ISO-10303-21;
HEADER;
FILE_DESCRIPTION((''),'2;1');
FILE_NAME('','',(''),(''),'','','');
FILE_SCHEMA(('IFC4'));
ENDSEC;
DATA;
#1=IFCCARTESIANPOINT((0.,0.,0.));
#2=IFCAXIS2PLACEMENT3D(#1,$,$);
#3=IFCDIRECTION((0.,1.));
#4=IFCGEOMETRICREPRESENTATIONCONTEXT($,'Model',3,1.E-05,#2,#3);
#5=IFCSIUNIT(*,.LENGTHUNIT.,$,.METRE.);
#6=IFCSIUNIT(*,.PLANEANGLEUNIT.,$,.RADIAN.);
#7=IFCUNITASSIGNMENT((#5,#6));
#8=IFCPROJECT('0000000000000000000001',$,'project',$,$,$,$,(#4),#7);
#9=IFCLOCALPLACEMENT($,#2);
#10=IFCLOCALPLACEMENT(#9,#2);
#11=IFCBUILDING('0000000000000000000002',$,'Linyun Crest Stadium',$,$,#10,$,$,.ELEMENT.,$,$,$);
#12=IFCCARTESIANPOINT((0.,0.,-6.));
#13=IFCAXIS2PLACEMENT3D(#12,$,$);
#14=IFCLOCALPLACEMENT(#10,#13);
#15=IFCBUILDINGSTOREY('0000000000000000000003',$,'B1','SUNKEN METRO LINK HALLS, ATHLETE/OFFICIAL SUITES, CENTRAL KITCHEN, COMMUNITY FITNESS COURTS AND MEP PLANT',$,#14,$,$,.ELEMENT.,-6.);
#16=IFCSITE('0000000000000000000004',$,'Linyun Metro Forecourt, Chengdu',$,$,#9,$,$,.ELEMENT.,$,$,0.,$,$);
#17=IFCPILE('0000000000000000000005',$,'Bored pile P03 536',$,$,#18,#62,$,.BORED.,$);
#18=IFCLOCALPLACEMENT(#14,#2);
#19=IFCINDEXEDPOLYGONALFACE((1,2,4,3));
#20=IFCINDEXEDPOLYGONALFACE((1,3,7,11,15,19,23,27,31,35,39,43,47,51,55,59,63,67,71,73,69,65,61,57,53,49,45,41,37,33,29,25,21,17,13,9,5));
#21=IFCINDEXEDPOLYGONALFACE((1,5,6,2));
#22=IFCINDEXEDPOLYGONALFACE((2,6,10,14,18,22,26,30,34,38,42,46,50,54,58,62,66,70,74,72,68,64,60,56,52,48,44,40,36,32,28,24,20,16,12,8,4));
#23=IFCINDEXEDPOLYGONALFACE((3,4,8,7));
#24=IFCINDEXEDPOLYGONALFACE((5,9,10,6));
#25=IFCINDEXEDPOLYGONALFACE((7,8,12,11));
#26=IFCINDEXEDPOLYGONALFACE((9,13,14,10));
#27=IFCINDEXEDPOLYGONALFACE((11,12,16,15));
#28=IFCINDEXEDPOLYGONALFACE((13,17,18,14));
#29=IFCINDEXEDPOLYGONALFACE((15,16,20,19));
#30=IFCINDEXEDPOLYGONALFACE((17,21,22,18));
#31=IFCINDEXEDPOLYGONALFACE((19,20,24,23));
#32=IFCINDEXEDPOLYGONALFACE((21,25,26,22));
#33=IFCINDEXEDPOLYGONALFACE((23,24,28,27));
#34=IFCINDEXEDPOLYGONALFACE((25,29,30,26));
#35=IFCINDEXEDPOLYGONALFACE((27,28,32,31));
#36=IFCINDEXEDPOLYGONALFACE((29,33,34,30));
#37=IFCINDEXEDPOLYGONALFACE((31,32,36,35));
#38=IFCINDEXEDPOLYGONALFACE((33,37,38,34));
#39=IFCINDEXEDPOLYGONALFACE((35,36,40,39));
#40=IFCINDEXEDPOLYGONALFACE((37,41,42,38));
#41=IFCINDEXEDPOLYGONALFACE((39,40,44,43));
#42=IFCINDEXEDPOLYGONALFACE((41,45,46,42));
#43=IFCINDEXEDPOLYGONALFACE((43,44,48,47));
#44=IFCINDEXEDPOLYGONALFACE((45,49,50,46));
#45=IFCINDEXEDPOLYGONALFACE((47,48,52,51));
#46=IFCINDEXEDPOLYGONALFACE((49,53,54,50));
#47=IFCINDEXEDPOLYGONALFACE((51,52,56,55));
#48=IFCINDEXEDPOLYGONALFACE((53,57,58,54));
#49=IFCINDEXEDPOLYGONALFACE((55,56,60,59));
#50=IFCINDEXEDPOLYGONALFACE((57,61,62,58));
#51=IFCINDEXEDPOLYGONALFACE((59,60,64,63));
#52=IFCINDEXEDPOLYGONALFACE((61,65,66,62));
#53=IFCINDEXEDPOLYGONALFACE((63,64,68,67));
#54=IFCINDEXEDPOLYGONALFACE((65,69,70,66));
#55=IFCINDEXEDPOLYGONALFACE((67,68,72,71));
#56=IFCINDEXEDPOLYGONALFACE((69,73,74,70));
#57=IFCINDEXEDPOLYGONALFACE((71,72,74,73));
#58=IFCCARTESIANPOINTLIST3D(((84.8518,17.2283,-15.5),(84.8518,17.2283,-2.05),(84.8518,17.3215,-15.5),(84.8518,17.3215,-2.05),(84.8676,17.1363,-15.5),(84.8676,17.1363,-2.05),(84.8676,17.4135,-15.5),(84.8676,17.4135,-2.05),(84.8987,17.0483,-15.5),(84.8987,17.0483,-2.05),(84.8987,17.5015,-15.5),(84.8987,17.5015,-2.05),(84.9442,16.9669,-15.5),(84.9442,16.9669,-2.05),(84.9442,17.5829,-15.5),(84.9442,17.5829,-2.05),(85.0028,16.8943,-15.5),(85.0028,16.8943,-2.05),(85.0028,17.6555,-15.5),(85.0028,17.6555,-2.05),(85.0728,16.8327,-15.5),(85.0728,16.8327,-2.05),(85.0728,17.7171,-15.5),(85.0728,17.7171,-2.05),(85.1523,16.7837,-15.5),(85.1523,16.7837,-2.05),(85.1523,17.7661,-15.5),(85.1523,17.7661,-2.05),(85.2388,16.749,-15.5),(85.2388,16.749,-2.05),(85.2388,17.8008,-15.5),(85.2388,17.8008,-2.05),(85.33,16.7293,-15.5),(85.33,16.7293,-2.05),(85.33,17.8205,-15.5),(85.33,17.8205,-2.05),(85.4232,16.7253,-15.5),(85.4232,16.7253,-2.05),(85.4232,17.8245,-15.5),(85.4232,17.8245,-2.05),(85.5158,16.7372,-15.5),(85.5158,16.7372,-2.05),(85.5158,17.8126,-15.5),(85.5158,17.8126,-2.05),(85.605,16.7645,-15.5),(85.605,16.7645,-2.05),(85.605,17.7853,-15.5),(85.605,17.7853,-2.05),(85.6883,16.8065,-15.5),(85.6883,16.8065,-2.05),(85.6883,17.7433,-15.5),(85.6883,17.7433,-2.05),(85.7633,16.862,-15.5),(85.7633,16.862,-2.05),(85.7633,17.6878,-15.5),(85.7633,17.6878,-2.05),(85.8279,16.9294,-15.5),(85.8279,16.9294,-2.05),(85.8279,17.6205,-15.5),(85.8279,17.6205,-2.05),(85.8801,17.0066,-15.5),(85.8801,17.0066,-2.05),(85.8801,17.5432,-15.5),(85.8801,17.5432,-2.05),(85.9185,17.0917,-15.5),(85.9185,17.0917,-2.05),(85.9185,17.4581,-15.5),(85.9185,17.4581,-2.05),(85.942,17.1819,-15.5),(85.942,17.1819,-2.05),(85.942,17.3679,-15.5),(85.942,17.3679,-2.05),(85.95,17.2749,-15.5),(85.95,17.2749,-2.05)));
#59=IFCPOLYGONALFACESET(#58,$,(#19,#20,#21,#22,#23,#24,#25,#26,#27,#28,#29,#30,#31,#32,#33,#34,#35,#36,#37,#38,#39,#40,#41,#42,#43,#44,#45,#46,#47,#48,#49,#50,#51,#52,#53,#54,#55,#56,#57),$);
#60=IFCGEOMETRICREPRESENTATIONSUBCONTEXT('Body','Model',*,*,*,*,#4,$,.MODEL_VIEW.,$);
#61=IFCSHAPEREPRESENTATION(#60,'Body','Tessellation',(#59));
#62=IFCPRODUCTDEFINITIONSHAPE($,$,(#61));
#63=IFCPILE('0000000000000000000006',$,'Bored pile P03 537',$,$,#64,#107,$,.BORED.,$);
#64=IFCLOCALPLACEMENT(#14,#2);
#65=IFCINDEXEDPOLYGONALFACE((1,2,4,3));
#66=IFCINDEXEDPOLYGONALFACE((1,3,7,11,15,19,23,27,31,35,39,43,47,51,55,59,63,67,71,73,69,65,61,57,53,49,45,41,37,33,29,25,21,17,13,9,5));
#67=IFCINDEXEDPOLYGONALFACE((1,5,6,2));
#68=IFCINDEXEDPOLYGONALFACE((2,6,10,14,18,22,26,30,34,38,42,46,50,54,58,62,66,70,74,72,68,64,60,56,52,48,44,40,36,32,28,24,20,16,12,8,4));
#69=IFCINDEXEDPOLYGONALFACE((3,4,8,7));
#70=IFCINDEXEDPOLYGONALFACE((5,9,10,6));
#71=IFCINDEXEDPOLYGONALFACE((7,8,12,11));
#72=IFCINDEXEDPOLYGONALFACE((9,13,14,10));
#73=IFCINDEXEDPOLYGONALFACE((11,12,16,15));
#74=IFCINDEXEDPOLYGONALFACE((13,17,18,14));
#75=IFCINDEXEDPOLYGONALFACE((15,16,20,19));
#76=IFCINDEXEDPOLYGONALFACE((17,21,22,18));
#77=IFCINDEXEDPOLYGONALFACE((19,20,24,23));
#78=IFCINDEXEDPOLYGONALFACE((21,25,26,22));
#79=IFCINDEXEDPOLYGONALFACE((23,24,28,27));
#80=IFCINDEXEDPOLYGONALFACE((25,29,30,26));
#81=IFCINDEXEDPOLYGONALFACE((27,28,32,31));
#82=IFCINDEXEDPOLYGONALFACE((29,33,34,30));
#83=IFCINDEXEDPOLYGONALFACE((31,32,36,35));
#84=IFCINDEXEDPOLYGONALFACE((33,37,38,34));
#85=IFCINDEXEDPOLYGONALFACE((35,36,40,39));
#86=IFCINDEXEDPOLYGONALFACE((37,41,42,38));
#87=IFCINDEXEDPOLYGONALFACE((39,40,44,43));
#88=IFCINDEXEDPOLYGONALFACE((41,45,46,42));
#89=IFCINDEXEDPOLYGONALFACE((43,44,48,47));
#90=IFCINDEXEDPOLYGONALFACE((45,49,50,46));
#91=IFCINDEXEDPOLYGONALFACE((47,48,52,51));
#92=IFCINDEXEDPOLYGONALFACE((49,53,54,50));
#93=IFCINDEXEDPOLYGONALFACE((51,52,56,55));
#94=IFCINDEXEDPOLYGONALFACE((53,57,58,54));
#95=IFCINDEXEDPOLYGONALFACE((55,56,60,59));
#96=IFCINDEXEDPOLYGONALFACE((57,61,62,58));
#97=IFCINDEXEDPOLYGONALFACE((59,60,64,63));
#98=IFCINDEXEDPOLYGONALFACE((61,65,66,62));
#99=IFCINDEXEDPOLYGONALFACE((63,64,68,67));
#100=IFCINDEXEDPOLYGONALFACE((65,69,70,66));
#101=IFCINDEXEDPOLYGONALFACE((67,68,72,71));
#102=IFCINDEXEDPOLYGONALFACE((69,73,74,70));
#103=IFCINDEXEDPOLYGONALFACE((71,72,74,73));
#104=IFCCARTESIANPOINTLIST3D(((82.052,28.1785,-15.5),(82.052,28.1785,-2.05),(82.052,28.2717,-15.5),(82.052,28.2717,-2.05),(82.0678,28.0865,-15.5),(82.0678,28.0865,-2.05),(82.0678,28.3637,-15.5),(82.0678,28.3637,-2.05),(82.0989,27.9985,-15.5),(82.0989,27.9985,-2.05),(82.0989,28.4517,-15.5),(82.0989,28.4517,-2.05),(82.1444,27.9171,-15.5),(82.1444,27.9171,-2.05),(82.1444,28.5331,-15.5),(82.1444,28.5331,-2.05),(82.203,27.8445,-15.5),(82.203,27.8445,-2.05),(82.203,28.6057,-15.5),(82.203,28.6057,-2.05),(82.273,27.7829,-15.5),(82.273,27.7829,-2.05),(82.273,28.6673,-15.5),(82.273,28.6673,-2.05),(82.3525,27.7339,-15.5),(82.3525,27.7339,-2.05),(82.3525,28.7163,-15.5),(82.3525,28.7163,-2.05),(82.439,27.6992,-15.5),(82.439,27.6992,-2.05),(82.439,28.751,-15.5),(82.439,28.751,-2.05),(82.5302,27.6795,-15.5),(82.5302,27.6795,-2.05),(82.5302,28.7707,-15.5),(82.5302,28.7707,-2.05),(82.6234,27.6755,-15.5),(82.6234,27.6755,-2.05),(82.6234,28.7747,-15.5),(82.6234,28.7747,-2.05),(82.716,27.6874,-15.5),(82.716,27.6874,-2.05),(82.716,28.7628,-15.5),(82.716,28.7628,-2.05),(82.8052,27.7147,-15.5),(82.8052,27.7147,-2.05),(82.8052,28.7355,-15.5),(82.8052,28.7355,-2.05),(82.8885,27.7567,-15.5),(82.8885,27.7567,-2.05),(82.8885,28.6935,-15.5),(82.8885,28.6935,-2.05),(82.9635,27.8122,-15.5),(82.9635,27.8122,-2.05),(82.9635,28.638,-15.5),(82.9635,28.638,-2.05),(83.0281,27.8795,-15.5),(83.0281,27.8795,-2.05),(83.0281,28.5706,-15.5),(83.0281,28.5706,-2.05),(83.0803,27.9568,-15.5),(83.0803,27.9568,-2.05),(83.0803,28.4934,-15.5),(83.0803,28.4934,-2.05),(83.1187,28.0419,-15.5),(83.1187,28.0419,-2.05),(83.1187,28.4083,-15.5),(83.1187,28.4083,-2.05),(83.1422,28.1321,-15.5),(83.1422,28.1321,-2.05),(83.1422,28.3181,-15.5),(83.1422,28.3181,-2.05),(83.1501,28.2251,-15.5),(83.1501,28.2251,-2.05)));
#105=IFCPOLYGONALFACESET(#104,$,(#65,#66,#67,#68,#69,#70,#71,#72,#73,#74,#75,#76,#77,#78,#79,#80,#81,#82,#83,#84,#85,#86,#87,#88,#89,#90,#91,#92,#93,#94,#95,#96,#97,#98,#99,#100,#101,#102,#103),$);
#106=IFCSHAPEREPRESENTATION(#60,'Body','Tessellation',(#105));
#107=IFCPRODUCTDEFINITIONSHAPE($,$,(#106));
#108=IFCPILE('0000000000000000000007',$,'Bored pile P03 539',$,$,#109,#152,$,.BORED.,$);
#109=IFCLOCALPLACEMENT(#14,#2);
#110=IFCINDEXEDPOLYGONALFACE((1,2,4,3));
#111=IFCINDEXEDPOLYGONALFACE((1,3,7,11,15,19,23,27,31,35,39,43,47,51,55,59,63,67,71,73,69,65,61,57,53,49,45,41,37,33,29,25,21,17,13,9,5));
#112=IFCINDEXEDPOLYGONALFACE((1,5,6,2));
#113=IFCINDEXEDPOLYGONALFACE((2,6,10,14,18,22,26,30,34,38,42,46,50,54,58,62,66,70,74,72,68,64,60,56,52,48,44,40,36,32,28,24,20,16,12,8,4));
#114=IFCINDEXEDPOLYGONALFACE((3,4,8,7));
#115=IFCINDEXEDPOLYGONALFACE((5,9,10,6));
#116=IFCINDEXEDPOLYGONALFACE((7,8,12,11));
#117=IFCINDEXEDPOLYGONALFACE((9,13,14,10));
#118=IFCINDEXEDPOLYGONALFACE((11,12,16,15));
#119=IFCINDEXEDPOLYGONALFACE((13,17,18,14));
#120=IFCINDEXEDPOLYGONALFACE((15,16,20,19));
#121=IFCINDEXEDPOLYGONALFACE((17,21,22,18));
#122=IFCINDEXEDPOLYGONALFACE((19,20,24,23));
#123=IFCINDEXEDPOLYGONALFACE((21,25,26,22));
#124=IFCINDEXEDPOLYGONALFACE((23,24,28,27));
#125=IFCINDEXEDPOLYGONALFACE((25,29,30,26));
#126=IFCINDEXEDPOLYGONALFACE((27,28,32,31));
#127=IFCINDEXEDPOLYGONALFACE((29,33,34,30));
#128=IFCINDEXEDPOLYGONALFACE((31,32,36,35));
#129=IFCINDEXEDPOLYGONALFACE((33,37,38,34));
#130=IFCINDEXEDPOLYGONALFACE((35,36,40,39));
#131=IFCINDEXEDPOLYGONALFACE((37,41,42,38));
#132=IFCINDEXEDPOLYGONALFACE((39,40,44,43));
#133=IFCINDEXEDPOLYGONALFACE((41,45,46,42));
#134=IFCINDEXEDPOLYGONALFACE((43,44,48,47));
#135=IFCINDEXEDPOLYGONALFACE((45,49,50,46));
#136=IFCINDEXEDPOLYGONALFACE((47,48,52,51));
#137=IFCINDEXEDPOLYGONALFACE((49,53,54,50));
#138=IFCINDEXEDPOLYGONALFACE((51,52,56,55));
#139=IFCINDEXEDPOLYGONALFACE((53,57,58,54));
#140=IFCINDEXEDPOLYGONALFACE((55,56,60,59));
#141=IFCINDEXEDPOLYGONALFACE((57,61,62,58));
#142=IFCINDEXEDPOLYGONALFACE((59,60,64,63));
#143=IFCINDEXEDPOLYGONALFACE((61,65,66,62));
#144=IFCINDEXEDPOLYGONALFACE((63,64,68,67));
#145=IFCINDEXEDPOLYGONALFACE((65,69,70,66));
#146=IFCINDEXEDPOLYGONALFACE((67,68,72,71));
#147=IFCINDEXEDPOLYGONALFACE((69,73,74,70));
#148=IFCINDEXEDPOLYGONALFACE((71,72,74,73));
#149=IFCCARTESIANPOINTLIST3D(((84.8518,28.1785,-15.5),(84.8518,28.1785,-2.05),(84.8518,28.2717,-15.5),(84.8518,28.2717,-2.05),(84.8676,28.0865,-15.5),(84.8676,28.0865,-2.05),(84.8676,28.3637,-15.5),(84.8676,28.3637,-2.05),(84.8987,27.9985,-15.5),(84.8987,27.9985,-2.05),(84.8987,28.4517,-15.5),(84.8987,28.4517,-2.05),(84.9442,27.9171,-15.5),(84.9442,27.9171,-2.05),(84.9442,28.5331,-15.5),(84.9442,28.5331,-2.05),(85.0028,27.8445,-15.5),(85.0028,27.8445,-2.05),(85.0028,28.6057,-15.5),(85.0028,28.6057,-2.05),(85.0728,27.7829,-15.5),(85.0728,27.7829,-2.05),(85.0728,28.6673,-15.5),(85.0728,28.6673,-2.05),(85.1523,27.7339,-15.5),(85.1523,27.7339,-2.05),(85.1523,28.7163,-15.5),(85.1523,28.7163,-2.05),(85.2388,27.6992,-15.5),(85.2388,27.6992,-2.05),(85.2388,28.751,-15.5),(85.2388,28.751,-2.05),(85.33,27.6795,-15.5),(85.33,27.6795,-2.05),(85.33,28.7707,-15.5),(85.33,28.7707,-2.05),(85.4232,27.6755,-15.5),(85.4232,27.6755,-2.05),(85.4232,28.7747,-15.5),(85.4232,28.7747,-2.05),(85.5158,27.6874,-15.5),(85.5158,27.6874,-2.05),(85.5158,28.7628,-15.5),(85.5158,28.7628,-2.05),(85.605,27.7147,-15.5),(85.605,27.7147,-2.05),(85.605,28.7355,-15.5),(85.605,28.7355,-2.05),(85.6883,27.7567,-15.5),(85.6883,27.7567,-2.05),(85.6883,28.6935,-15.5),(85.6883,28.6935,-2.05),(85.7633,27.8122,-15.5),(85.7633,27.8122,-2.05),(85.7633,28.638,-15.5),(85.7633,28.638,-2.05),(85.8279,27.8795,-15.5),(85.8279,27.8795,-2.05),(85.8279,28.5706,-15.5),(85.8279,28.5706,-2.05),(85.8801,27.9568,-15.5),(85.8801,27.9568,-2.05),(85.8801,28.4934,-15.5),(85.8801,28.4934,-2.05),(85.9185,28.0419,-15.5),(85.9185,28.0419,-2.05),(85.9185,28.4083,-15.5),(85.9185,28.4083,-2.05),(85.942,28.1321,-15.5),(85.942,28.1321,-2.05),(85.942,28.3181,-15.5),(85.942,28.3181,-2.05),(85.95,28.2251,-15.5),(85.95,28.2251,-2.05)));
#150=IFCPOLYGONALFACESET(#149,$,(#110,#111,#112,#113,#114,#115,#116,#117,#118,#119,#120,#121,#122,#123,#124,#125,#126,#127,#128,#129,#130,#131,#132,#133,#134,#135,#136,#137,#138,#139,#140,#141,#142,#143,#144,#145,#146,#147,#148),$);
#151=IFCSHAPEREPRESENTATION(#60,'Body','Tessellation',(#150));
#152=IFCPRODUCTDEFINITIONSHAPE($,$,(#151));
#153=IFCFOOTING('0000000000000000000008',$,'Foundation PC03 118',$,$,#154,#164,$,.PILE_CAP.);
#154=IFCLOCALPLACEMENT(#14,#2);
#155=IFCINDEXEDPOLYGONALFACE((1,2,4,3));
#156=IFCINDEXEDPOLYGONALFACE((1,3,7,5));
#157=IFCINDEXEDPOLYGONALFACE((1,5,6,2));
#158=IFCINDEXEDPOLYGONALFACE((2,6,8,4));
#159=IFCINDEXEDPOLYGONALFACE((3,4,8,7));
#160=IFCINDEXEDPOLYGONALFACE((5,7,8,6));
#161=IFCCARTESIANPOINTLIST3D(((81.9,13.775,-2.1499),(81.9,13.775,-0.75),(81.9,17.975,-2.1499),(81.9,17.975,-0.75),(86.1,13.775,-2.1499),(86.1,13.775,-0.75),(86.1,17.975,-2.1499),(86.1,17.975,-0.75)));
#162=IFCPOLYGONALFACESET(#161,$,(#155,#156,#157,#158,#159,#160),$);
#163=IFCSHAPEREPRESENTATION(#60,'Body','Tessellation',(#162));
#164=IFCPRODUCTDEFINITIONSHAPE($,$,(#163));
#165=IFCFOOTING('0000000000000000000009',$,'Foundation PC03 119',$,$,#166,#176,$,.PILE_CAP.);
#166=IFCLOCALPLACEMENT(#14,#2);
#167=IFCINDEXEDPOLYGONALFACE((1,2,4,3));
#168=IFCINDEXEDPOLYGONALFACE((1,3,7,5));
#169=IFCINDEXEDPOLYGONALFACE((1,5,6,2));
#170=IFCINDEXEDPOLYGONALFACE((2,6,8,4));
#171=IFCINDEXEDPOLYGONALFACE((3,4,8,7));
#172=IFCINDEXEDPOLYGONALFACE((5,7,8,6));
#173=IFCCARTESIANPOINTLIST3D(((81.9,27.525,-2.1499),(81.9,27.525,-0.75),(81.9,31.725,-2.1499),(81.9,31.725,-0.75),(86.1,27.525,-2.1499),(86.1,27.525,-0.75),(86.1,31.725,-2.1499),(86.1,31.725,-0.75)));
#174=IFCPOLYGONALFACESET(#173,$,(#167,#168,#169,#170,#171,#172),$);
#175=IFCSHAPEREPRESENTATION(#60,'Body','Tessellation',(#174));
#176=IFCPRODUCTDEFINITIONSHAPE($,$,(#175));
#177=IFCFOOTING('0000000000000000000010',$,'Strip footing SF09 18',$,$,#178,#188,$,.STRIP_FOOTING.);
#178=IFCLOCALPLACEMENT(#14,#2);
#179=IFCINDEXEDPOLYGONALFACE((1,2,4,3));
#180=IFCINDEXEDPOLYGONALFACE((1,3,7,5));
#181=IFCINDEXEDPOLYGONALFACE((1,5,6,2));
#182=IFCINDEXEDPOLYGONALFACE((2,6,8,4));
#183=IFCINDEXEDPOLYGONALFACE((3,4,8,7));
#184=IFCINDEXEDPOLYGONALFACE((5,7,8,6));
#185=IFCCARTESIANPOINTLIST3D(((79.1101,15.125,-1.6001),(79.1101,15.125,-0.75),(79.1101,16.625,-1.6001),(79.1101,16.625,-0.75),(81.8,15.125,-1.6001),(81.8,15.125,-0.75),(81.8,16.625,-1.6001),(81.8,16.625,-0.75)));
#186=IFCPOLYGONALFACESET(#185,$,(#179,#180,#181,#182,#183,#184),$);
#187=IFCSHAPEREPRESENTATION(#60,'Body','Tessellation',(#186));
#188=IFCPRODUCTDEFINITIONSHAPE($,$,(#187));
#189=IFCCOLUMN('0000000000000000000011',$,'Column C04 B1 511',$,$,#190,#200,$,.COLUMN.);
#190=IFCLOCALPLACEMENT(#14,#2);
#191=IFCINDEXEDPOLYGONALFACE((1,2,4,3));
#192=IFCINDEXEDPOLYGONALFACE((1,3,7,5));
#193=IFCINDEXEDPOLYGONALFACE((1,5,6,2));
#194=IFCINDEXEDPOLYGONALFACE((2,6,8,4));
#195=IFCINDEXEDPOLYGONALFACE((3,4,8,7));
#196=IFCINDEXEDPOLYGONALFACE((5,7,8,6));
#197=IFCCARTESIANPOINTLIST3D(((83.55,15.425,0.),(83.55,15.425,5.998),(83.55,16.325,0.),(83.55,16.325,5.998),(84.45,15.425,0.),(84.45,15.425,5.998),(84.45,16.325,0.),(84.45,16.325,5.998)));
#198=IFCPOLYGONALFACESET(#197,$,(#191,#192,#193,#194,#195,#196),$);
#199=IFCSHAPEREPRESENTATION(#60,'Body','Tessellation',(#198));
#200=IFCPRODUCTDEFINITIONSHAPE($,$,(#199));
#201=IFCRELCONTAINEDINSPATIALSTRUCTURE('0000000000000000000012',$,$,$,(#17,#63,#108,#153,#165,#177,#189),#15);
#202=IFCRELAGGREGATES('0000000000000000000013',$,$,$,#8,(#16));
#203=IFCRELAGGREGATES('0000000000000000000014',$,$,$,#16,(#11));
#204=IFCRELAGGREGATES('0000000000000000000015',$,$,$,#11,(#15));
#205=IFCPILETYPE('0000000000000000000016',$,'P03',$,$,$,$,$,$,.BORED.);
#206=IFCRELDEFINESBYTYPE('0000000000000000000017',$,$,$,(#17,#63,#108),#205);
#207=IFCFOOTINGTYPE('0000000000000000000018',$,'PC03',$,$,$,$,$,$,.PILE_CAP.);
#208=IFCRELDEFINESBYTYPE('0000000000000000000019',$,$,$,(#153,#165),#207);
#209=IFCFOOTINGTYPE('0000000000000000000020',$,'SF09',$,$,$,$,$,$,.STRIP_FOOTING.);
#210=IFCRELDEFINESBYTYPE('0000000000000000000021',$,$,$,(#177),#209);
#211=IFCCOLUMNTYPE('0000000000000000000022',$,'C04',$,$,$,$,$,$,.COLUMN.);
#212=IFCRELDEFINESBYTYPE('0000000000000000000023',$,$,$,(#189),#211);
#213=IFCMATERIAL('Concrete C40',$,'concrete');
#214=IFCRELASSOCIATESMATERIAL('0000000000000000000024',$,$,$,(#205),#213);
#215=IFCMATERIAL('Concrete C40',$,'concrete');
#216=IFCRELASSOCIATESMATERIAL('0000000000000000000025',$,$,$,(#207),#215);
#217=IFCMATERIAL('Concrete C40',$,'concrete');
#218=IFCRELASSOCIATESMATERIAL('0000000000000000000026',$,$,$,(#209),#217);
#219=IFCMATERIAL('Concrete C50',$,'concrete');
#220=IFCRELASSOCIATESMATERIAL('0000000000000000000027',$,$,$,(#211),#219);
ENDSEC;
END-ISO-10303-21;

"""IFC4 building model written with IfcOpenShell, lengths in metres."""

from ifc_helpers import new_model, si_unit, direction, frame, origin, origin_2d, place, context, subcontext, project, spatial, rectangle, circle, extrude, material, material_profile, profile_set, type_object, element, save


model = new_model("IFC4")

# Units and contexts
model_context = context("Model", 3, precision=1e-05, world=origin(), true_north=direction((0.0, 1.0)))
body_context = subcontext(model_context, "Body", "Model", "MODEL_VIEW")
ifc_project = project(units=[si_unit("LENGTHUNIT", "METRE"), si_unit("PLANEANGLEUNIT", "RADIAN")], contexts=[model_context])

# Site, building, storey
site_placement = place(None, origin())
site = spatial("IfcSite", under=ifc_project, at=site_placement, Name="Linyun Metro Forecourt, Chengdu", CompositionType="ELEMENT", RefElevation=0.0)
building_placement = place(site_placement, origin())
building = spatial("IfcBuilding", under=site, at=building_placement, Name="Linyun Crest Stadium", CompositionType="ELEMENT")
storey_placement = place(building_placement, frame((0.0, 0.0, -6.0)))
storey = spatial("IfcBuildingStorey", under=building, at=storey_placement, Name="B1", Description="SUNKEN METRO LINK HALLS, ATHLETE/OFFICIAL SUITES, CENTRAL KITCHEN, COMMUNITY FITNESS COURTS AND MEP PLANT", CompositionType="ELEMENT", Elevation=-6.0)

# Piles
ifc_material_1 = material(Name="Concrete C40", Category="concrete")
ifc_material_profile_1 = material_profile(ifc_material_1, circle(Radius=0.55, at=origin_2d()), Name="BORED PILE 1100")
ifc_profile_set_1 = profile_set([ifc_material_profile_1], Name="Concrete C40")
pile_type = type_object("IfcPileType", Name="P03", PredefinedType="BORED", material=ifc_profile_set_1)
for number, where, z_axis, x_axis, name in (
    (1, (85.3999, 17.2749, -2.05), (0.0, 0.0, -1.0), (1.0, 0.0, 0.0), "Bored pile P03 536"),
    (2, (82.6001, 28.2251, -2.05), (0.0, 0.0, -1.0), (1.0, 0.0, 0.0), "Bored pile P03 537"),
    (3, (85.3999, 28.2251, -2.05), (0.0, 0.0, -1.0), (1.0, 0.0, 0.0), "Bored pile P03 539"),
):
    element("IfcPile", number, at=place(storey_placement, frame(where, z_axis=z_axis, x_axis=x_axis)), inside=storey, type_object=pile_type, Name=name, PredefinedType="BORED", context=body_context, shape_type="SweptSolid", body=[
        extrude(circle(Radius=0.55, at=origin_2d()), origin(), (0.0, 0.0, 1.0), 13.45),
    ])

# Footings
ifc_material_2 = material(Name="Concrete C40", Category="concrete")
footing_type_1 = type_object("IfcFootingType", Name="PC03", PredefinedType="PILE_CAP", material=ifc_material_2)
for number, where, z_axis, x_axis, name in (
    (4, (84.0, 15.875, -2.1499), (0.0, 0.0, 1.0), (1.0, 0.0, 0.0), "Foundation PC03 118"),
    (5, (84.0, 29.625, -2.1499), (0.0, 0.0, 1.0), (1.0, 0.0, 0.0), "Foundation PC03 119"),
):
    element("IfcFooting", number, at=place(storey_placement, frame(where, z_axis=z_axis, x_axis=x_axis)), inside=storey, type_object=footing_type_1, Name=name, PredefinedType="PILE_CAP", context=body_context, shape_type="SweptSolid", body=[
        extrude(rectangle(XDim=4.2, YDim=4.2, at=origin_2d()), origin(), (0.0, 0.0, 1.0), 1.3999),
    ])
ifc_material_3 = material(Name="Concrete C40", Category="concrete")
footing_type_2 = type_object("IfcFootingType", Name="SF09", PredefinedType="STRIP_FOOTING", material=ifc_material_3)
footing_placement = place(storey_placement, frame((80.4551, 15.875, -1.6001), z_axis=(0.0, 0.0, 1.0), x_axis=(1.0, 0.0, 0.0)))
element("IfcFooting", 6, at=footing_placement, inside=storey, type_object=footing_type_2, Name="Strip footing SF09 18", PredefinedType="STRIP_FOOTING", context=body_context, shape_type="SweptSolid", body=[
    extrude(rectangle(XDim=2.6899, YDim=1.5, at=origin_2d()), origin(), (0.0, 0.0, 1.0), 0.8501),
])

# Column
ifc_material_4 = material(Name="Concrete C50", Category="concrete")
ifc_material_profile_2 = material_profile(ifc_material_4, rectangle(XDim=0.8999, YDim=0.8999, at=origin_2d()), Name="RC 900x900")
ifc_profile_set_2 = profile_set([ifc_material_profile_2], Name="Concrete C50")
column_type = type_object("IfcColumnType", Name="C04", PredefinedType="COLUMN", material=ifc_profile_set_2)
for number, where, z_axis, x_axis, name in (
    (7, (84.0, 15.875, 0.0), (0.0, 0.0, 1.0), (1.0, 0.0, 0.0), "Column C04 B1 511"),
):
    element("IfcColumn", number, at=place(storey_placement, frame(where, z_axis=z_axis, x_axis=x_axis)), inside=storey, type_object=column_type, Name=name, PredefinedType="COLUMN", context=body_context, shape_type="SweptSolid", body=[
        extrude(rectangle(XDim=0.8999, YDim=0.8999, at=origin_2d()), origin(), (0.0, 0.0, 1.0), 5.998),
    ])

save(model, "model.ifc")
